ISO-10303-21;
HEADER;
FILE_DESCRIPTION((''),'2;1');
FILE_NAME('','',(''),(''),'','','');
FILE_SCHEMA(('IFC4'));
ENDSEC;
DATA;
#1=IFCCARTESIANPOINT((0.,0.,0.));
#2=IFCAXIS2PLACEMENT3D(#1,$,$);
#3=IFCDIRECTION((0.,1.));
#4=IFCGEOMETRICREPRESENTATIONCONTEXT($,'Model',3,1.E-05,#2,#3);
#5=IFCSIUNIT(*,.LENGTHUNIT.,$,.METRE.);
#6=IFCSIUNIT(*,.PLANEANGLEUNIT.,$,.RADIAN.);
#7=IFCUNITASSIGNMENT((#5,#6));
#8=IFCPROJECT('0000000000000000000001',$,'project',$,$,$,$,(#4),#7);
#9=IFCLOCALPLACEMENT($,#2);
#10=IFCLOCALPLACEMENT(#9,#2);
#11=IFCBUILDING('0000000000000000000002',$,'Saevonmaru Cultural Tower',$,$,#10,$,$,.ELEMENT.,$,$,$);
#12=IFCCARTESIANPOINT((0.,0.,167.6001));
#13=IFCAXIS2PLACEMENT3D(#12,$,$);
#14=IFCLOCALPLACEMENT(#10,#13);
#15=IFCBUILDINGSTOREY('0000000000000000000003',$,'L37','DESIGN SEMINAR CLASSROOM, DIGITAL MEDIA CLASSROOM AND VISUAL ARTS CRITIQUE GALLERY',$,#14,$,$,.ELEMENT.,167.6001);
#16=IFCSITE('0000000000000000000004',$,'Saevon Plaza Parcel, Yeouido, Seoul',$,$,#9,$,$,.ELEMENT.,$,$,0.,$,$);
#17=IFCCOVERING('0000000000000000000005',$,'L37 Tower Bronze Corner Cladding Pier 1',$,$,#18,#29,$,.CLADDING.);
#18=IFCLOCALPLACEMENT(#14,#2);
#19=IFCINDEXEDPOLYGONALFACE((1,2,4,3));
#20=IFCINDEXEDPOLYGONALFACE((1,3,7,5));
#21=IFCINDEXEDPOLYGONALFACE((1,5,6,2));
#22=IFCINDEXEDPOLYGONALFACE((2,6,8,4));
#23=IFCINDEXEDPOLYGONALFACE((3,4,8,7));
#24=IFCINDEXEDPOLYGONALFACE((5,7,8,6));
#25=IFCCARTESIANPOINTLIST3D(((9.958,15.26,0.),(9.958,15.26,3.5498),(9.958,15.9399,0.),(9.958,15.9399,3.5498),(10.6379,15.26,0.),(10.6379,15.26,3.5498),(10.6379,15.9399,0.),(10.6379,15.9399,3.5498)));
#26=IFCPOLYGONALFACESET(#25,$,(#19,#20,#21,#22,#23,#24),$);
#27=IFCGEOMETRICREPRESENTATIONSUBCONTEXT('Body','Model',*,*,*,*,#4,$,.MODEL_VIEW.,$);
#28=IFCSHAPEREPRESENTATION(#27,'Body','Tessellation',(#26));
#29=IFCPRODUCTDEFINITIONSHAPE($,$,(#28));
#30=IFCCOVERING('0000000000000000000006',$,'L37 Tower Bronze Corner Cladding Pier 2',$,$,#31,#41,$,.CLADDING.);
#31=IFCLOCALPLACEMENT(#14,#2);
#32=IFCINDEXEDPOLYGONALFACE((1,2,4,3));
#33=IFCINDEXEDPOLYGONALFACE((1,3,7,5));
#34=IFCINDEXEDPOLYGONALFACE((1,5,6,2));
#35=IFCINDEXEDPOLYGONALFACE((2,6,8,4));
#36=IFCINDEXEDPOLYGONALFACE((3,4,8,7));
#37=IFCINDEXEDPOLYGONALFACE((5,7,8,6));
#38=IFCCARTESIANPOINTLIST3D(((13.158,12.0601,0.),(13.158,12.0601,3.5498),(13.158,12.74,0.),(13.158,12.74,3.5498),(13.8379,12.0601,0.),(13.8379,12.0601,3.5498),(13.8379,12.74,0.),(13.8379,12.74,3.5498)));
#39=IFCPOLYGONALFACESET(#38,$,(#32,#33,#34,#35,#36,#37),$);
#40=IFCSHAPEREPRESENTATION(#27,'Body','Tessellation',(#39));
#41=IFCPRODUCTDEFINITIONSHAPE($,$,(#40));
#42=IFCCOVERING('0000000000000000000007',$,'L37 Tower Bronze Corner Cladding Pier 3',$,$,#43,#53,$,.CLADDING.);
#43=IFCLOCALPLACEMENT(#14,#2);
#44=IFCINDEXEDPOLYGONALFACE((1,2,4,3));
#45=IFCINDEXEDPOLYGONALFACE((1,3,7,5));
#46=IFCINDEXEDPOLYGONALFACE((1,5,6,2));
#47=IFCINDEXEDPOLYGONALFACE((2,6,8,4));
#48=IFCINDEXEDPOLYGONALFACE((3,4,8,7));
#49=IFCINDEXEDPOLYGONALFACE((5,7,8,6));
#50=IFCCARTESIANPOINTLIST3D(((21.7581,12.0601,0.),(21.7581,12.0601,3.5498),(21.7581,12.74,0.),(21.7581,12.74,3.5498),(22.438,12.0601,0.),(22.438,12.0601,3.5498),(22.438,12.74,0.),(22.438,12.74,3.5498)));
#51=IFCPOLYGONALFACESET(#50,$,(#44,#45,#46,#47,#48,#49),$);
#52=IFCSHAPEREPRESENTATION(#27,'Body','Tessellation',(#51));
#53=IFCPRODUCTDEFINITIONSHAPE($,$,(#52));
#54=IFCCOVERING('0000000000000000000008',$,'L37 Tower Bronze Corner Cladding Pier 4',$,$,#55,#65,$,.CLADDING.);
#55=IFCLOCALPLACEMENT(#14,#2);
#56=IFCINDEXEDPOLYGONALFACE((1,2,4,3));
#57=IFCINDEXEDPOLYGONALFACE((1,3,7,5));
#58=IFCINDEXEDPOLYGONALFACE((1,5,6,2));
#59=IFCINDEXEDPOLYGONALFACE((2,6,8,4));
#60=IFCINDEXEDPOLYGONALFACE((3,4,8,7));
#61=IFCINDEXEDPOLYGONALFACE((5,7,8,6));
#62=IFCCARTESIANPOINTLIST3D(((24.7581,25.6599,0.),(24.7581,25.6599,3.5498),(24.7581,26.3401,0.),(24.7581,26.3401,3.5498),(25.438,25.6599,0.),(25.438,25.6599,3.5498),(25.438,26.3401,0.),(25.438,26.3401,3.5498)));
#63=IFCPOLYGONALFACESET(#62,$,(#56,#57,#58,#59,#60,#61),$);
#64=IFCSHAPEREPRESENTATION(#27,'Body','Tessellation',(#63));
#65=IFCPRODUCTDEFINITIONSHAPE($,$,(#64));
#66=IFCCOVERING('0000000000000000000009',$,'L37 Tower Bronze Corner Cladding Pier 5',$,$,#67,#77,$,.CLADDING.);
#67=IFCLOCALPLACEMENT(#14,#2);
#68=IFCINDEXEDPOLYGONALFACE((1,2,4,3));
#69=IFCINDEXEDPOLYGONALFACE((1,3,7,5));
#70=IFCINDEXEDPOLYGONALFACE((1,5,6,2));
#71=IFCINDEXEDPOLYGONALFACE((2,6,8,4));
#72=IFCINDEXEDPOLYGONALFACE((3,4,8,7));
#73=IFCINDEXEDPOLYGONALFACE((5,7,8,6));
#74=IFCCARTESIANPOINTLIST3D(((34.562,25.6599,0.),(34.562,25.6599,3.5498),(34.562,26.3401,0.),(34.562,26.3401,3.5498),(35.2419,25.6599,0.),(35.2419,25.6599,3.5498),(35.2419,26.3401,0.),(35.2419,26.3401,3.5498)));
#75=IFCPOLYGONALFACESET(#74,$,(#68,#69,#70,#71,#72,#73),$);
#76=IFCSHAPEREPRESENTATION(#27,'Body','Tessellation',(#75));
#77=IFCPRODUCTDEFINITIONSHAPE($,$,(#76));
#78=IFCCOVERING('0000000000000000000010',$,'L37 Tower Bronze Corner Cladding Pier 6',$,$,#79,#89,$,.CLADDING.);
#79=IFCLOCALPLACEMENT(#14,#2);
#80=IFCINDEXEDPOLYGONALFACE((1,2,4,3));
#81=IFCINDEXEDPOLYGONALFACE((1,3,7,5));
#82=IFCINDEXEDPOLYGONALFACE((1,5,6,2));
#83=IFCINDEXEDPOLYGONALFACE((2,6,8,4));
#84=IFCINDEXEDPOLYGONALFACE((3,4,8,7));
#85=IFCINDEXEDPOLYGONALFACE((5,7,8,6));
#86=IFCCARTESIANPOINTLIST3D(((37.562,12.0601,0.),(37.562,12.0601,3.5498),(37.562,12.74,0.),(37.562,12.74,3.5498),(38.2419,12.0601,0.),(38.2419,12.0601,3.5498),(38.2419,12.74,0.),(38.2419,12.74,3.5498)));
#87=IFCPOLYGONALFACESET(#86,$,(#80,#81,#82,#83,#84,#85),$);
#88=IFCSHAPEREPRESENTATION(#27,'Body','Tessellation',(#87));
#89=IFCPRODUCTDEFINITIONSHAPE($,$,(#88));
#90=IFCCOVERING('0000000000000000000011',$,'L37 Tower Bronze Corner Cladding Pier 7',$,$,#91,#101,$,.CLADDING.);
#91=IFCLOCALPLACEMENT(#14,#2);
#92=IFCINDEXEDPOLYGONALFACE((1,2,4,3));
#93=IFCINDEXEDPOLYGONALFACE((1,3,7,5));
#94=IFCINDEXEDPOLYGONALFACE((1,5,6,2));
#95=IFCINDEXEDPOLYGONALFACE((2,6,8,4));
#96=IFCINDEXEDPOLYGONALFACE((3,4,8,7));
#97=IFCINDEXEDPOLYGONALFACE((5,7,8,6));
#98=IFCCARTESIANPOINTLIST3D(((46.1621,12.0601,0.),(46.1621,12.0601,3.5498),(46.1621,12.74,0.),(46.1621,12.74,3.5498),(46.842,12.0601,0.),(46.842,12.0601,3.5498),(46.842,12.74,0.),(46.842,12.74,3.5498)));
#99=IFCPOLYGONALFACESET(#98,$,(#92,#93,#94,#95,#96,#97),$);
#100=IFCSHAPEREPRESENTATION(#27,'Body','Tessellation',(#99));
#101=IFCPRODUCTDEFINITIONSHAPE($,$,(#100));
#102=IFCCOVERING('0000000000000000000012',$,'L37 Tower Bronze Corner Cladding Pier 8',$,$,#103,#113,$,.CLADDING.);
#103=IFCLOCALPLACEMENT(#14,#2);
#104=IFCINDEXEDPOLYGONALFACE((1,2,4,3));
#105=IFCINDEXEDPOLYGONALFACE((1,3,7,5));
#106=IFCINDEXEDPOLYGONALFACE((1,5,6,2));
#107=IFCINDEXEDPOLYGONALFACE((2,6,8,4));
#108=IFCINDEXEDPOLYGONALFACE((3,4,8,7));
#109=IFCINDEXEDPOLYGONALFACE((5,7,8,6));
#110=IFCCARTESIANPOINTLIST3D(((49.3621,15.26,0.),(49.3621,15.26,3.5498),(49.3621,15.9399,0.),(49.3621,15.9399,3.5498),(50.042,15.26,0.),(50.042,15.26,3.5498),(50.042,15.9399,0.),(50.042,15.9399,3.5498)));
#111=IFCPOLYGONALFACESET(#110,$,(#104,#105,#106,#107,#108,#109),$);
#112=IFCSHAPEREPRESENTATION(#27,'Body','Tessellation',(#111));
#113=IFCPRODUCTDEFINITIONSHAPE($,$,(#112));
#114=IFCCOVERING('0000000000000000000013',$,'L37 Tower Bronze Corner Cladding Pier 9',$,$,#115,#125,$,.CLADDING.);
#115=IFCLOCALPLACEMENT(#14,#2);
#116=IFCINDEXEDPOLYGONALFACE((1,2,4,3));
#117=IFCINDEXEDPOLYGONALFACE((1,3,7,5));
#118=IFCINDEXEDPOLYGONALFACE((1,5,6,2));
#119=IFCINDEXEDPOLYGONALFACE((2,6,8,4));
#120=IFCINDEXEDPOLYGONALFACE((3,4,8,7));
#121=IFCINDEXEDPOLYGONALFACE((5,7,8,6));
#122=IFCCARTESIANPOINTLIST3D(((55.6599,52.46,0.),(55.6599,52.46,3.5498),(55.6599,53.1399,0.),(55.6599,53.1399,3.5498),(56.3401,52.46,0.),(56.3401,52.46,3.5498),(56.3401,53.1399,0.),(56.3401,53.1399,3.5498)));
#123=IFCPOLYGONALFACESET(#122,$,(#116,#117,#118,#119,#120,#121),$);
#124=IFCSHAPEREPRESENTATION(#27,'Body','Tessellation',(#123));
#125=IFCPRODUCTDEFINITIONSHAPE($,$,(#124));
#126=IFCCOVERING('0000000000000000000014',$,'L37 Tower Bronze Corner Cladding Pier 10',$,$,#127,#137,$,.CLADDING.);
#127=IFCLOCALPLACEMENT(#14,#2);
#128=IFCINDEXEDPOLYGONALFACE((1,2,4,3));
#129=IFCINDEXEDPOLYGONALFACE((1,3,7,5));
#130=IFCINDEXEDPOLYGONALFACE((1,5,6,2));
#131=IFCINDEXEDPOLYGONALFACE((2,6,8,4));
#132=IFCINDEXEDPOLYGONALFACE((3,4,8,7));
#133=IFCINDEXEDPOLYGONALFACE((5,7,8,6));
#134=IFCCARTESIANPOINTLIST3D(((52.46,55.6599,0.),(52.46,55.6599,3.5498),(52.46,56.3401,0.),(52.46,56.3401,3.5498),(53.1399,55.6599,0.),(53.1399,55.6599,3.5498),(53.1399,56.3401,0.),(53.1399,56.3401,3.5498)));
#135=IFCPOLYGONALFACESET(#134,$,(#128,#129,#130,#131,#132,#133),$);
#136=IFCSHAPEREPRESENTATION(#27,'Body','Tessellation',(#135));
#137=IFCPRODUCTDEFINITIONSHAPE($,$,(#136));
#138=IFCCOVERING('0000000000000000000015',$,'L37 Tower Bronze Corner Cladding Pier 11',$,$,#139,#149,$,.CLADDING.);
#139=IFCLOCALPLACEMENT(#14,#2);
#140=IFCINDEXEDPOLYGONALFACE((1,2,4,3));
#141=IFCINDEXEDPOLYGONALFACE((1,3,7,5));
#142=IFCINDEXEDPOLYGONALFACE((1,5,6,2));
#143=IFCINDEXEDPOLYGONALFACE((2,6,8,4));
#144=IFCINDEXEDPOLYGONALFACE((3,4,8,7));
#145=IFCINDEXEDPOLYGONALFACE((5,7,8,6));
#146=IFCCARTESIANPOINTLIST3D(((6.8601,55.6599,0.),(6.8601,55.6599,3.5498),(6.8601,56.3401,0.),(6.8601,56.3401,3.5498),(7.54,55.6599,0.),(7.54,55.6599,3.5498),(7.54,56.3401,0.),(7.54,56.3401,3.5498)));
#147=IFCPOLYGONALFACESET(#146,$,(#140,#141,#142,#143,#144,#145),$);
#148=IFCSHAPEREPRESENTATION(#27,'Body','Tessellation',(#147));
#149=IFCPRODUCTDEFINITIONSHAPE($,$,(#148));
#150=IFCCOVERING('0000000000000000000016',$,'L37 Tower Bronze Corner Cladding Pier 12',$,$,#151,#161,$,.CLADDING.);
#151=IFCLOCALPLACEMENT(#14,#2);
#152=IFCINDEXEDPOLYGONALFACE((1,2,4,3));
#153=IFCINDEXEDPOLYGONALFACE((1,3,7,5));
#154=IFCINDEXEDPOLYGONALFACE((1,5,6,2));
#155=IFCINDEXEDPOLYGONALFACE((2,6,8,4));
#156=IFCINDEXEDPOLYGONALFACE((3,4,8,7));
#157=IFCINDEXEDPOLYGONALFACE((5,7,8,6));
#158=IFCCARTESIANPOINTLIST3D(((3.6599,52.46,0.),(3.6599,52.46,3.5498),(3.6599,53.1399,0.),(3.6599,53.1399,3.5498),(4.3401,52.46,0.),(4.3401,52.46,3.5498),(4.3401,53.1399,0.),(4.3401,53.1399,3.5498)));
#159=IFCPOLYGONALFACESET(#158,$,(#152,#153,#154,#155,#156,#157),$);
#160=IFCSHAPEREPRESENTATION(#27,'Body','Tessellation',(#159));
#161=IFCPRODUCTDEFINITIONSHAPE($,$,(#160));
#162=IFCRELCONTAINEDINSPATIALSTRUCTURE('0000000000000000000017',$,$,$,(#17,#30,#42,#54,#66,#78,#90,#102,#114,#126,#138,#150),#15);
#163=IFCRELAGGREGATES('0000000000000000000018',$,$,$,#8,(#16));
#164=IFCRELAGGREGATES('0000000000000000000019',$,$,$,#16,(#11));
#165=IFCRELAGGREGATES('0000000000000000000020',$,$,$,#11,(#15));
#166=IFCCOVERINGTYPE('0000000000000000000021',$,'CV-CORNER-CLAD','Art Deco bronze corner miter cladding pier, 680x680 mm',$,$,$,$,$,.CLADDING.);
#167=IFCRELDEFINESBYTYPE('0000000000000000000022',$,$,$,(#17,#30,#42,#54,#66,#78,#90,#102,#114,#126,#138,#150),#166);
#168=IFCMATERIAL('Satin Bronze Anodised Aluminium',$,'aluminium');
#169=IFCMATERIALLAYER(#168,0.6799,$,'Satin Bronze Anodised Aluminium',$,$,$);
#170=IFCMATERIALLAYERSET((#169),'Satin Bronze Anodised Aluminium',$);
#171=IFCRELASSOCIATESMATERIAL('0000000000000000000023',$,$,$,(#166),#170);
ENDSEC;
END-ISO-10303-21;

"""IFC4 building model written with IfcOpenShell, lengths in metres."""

from ifc_helpers import new_model, si_unit, direction, frame, origin, place, context, subcontext, project, spatial, polyline, outline, extrude, material, layer, layer_set, type_object, element, save


model = new_model("IFC4")

# Units and contexts
model_context = context("Model", 3, precision=1e-05, world=origin(), true_north=direction((0.0, 1.0)))
body_context = subcontext(model_context, "Body", "Model", "MODEL_VIEW")
ifc_project = project(units=[si_unit("LENGTHUNIT", "METRE"), si_unit("PLANEANGLEUNIT", "RADIAN")], contexts=[model_context])

# Site, building, storey
site_placement = place(None, origin())
site = spatial("IfcSite", under=ifc_project, at=site_placement, Name="Saevon Plaza Parcel, Yeouido, Seoul", CompositionType="ELEMENT", RefElevation=0.0)
building_placement = place(site_placement, origin())
building = spatial("IfcBuilding", under=site, at=building_placement, Name="Saevonmaru Cultural Tower", CompositionType="ELEMENT")
storey_placement = place(building_placement, frame((0.0, 0.0, 167.6001)))
storey = spatial("IfcBuildingStorey", under=building, at=storey_placement, Name="L37", Description="DESIGN SEMINAR CLASSROOM, DIGITAL MEDIA CLASSROOM AND VISUAL ARTS CRITIQUE GALLERY", CompositionType="ELEMENT", Elevation=167.6001)

# Coverings
ifc_material_1 = material(Name="Satin Bronze Anodised Aluminium", Category="aluminium")
ifc_layer_1 = layer(ifc_material_1, 0.6799, Name="Satin Bronze Anodised Aluminium")
ifc_layer_set_1 = layer_set([ifc_layer_1], Name="Satin Bronze Anodised Aluminium")
covering_type_1 = type_object("IfcCoveringType", Name="CV-CORNER-CLAD", Description="Art Deco bronze corner miter cladding pier, 680x680 mm", PredefinedType="CLADDING", material=ifc_layer_set_1)
covering_1_placement = place(storey_placement, origin())
element("IfcCovering", 1, at=covering_1_placement, inside=storey, type_object=covering_type_1, Name="L37 Tower Bronze Corner Cladding Pier 1", PredefinedType="CLADDING", context=body_context, shape_type="SweptSolid", body=[
    extrude(outline(polyline([(9.958, 15.26), (10.6379, 15.26), (10.6379, 15.9399), (9.958, 15.9399), (9.958, 15.26)])), origin(), (0.0, 0.0, 1.0), 3.5498),
])
covering_2_placement = place(storey_placement, origin())
element("IfcCovering", 2, at=covering_2_placement, inside=storey, type_object=covering_type_1, Name="L37 Tower Bronze Corner Cladding Pier 2", PredefinedType="CLADDING", context=body_context, shape_type="SweptSolid", body=[
    extrude(outline(polyline([(13.158, 12.0601), (13.8379, 12.0601), (13.8379, 12.74), (13.158, 12.74), (13.158, 12.0601)])), origin(), (0.0, 0.0, 1.0), 3.5498),
])
covering_3_placement = place(storey_placement, origin())
element("IfcCovering", 3, at=covering_3_placement, inside=storey, type_object=covering_type_1, Name="L37 Tower Bronze Corner Cladding Pier 3", PredefinedType="CLADDING", context=body_context, shape_type="SweptSolid", body=[
    extrude(outline(polyline([(21.7581, 12.0601), (22.438, 12.0601), (22.438, 12.74), (21.7581, 12.74), (21.7581, 12.0601)])), origin(), (0.0, 0.0, 1.0), 3.5498),
])
covering_4_placement = place(storey_placement, origin())
element("IfcCovering", 4, at=covering_4_placement, inside=storey, type_object=covering_type_1, Name="L37 Tower Bronze Corner Cladding Pier 4", PredefinedType="CLADDING", context=body_context, shape_type="SweptSolid", body=[
    extrude(outline(polyline([(24.7581, 25.6599), (25.438, 25.6599), (25.438, 26.3401), (24.7581, 26.3401), (24.7581, 25.6599)])), origin(), (0.0, 0.0, 1.0), 3.5498),
])
covering_5_placement = place(storey_placement, origin())
element("IfcCovering", 5, at=covering_5_placement, inside=storey, type_object=covering_type_1, Name="L37 Tower Bronze Corner Cladding Pier 5", PredefinedType="CLADDING", context=body_context, shape_type="SweptSolid", body=[
    extrude(outline(polyline([(34.562, 25.6599), (35.2419, 25.6599), (35.2419, 26.3401), (34.562, 26.3401), (34.562, 25.6599)])), origin(), (0.0, 0.0, 1.0), 3.5498),
])
covering_6_placement = place(storey_placement, origin())
element("IfcCovering", 6, at=covering_6_placement, inside=storey, type_object=covering_type_1, Name="L37 Tower Bronze Corner Cladding Pier 6", PredefinedType="CLADDING", context=body_context, shape_type="SweptSolid", body=[
    extrude(outline(polyline([(37.562, 12.0601), (38.2419, 12.0601), (38.2419, 12.74), (37.562, 12.74), (37.562, 12.0601)])), origin(), (0.0, 0.0, 1.0), 3.5498),
])
covering_7_placement = place(storey_placement, origin())
element("IfcCovering", 7, at=covering_7_placement, inside=storey, type_object=covering_type_1, Name="L37 Tower Bronze Corner Cladding Pier 7", PredefinedType="CLADDING", context=body_context, shape_type="SweptSolid", body=[
    extrude(outline(polyline([(46.1621, 12.0601), (46.842, 12.0601), (46.842, 12.74), (46.1621, 12.74), (46.1621, 12.0601)])), origin(), (0.0, 0.0, 1.0), 3.5498),
])
covering_8_placement = place(storey_placement, origin())
element("IfcCovering", 8, at=covering_8_placement, inside=storey, type_object=covering_type_1, Name="L37 Tower Bronze Corner Cladding Pier 8", PredefinedType="CLADDING", context=body_context, shape_type="SweptSolid", body=[
    extrude(outline(polyline([(49.3621, 15.26), (50.042, 15.26), (50.042, 15.9399), (49.3621, 15.9399), (49.3621, 15.26)])), origin(), (0.0, 0.0, 1.0), 3.5498),
])
covering_9_placement = place(storey_placement, origin())
element("IfcCovering", 9, at=covering_9_placement, inside=storey, type_object=covering_type_1, Name="L37 Tower Bronze Corner Cladding Pier 9", PredefinedType="CLADDING", context=body_context, shape_type="SweptSolid", body=[
    extrude(outline(polyline([(55.6599, 52.46), (56.3401, 52.46), (56.3401, 53.1399), (55.6599, 53.1399), (55.6599, 52.46)])), origin(), (0.0, 0.0, 1.0), 3.5498),
])
covering_10_placement = place(storey_placement, origin())
element("IfcCovering", 10, at=covering_10_placement, inside=storey, type_object=covering_type_1, Name="L37 Tower Bronze Corner Cladding Pier 10", PredefinedType="CLADDING", context=body_context, shape_type="SweptSolid", body=[
    extrude(outline(polyline([(52.46, 55.6599), (53.1399, 55.6599), (53.1399, 56.3401), (52.46, 56.3401), (52.46, 55.6599)])), origin(), (0.0, 0.0, 1.0), 3.5498),
])
covering_11_placement = place(storey_placement, origin())
element("IfcCovering", 11, at=covering_11_placement, inside=storey, type_object=covering_type_1, Name="L37 Tower Bronze Corner Cladding Pier 11", PredefinedType="CLADDING", context=body_context, shape_type="SweptSolid", body=[
    extrude(outline(polyline([(6.8601, 55.6599), (7.54, 55.6599), (7.54, 56.3401), (6.8601, 56.3401), (6.8601, 55.6599)])), origin(), (0.0, 0.0, 1.0), 3.5498),
])
covering_12_placement = place(storey_placement, origin())
element("IfcCovering", 12, at=covering_12_placement, inside=storey, type_object=covering_type_1, Name="L37 Tower Bronze Corner Cladding Pier 12", PredefinedType="CLADDING", context=body_context, shape_type="SweptSolid", body=[
    extrude(outline(polyline([(3.6599, 52.46), (4.3401, 52.46), (4.3401, 53.1399), (3.6599, 53.1399), (3.6599, 52.46)])), origin(), (0.0, 0.0, 1.0), 3.5498),
])

save(model, "model.ifc")
